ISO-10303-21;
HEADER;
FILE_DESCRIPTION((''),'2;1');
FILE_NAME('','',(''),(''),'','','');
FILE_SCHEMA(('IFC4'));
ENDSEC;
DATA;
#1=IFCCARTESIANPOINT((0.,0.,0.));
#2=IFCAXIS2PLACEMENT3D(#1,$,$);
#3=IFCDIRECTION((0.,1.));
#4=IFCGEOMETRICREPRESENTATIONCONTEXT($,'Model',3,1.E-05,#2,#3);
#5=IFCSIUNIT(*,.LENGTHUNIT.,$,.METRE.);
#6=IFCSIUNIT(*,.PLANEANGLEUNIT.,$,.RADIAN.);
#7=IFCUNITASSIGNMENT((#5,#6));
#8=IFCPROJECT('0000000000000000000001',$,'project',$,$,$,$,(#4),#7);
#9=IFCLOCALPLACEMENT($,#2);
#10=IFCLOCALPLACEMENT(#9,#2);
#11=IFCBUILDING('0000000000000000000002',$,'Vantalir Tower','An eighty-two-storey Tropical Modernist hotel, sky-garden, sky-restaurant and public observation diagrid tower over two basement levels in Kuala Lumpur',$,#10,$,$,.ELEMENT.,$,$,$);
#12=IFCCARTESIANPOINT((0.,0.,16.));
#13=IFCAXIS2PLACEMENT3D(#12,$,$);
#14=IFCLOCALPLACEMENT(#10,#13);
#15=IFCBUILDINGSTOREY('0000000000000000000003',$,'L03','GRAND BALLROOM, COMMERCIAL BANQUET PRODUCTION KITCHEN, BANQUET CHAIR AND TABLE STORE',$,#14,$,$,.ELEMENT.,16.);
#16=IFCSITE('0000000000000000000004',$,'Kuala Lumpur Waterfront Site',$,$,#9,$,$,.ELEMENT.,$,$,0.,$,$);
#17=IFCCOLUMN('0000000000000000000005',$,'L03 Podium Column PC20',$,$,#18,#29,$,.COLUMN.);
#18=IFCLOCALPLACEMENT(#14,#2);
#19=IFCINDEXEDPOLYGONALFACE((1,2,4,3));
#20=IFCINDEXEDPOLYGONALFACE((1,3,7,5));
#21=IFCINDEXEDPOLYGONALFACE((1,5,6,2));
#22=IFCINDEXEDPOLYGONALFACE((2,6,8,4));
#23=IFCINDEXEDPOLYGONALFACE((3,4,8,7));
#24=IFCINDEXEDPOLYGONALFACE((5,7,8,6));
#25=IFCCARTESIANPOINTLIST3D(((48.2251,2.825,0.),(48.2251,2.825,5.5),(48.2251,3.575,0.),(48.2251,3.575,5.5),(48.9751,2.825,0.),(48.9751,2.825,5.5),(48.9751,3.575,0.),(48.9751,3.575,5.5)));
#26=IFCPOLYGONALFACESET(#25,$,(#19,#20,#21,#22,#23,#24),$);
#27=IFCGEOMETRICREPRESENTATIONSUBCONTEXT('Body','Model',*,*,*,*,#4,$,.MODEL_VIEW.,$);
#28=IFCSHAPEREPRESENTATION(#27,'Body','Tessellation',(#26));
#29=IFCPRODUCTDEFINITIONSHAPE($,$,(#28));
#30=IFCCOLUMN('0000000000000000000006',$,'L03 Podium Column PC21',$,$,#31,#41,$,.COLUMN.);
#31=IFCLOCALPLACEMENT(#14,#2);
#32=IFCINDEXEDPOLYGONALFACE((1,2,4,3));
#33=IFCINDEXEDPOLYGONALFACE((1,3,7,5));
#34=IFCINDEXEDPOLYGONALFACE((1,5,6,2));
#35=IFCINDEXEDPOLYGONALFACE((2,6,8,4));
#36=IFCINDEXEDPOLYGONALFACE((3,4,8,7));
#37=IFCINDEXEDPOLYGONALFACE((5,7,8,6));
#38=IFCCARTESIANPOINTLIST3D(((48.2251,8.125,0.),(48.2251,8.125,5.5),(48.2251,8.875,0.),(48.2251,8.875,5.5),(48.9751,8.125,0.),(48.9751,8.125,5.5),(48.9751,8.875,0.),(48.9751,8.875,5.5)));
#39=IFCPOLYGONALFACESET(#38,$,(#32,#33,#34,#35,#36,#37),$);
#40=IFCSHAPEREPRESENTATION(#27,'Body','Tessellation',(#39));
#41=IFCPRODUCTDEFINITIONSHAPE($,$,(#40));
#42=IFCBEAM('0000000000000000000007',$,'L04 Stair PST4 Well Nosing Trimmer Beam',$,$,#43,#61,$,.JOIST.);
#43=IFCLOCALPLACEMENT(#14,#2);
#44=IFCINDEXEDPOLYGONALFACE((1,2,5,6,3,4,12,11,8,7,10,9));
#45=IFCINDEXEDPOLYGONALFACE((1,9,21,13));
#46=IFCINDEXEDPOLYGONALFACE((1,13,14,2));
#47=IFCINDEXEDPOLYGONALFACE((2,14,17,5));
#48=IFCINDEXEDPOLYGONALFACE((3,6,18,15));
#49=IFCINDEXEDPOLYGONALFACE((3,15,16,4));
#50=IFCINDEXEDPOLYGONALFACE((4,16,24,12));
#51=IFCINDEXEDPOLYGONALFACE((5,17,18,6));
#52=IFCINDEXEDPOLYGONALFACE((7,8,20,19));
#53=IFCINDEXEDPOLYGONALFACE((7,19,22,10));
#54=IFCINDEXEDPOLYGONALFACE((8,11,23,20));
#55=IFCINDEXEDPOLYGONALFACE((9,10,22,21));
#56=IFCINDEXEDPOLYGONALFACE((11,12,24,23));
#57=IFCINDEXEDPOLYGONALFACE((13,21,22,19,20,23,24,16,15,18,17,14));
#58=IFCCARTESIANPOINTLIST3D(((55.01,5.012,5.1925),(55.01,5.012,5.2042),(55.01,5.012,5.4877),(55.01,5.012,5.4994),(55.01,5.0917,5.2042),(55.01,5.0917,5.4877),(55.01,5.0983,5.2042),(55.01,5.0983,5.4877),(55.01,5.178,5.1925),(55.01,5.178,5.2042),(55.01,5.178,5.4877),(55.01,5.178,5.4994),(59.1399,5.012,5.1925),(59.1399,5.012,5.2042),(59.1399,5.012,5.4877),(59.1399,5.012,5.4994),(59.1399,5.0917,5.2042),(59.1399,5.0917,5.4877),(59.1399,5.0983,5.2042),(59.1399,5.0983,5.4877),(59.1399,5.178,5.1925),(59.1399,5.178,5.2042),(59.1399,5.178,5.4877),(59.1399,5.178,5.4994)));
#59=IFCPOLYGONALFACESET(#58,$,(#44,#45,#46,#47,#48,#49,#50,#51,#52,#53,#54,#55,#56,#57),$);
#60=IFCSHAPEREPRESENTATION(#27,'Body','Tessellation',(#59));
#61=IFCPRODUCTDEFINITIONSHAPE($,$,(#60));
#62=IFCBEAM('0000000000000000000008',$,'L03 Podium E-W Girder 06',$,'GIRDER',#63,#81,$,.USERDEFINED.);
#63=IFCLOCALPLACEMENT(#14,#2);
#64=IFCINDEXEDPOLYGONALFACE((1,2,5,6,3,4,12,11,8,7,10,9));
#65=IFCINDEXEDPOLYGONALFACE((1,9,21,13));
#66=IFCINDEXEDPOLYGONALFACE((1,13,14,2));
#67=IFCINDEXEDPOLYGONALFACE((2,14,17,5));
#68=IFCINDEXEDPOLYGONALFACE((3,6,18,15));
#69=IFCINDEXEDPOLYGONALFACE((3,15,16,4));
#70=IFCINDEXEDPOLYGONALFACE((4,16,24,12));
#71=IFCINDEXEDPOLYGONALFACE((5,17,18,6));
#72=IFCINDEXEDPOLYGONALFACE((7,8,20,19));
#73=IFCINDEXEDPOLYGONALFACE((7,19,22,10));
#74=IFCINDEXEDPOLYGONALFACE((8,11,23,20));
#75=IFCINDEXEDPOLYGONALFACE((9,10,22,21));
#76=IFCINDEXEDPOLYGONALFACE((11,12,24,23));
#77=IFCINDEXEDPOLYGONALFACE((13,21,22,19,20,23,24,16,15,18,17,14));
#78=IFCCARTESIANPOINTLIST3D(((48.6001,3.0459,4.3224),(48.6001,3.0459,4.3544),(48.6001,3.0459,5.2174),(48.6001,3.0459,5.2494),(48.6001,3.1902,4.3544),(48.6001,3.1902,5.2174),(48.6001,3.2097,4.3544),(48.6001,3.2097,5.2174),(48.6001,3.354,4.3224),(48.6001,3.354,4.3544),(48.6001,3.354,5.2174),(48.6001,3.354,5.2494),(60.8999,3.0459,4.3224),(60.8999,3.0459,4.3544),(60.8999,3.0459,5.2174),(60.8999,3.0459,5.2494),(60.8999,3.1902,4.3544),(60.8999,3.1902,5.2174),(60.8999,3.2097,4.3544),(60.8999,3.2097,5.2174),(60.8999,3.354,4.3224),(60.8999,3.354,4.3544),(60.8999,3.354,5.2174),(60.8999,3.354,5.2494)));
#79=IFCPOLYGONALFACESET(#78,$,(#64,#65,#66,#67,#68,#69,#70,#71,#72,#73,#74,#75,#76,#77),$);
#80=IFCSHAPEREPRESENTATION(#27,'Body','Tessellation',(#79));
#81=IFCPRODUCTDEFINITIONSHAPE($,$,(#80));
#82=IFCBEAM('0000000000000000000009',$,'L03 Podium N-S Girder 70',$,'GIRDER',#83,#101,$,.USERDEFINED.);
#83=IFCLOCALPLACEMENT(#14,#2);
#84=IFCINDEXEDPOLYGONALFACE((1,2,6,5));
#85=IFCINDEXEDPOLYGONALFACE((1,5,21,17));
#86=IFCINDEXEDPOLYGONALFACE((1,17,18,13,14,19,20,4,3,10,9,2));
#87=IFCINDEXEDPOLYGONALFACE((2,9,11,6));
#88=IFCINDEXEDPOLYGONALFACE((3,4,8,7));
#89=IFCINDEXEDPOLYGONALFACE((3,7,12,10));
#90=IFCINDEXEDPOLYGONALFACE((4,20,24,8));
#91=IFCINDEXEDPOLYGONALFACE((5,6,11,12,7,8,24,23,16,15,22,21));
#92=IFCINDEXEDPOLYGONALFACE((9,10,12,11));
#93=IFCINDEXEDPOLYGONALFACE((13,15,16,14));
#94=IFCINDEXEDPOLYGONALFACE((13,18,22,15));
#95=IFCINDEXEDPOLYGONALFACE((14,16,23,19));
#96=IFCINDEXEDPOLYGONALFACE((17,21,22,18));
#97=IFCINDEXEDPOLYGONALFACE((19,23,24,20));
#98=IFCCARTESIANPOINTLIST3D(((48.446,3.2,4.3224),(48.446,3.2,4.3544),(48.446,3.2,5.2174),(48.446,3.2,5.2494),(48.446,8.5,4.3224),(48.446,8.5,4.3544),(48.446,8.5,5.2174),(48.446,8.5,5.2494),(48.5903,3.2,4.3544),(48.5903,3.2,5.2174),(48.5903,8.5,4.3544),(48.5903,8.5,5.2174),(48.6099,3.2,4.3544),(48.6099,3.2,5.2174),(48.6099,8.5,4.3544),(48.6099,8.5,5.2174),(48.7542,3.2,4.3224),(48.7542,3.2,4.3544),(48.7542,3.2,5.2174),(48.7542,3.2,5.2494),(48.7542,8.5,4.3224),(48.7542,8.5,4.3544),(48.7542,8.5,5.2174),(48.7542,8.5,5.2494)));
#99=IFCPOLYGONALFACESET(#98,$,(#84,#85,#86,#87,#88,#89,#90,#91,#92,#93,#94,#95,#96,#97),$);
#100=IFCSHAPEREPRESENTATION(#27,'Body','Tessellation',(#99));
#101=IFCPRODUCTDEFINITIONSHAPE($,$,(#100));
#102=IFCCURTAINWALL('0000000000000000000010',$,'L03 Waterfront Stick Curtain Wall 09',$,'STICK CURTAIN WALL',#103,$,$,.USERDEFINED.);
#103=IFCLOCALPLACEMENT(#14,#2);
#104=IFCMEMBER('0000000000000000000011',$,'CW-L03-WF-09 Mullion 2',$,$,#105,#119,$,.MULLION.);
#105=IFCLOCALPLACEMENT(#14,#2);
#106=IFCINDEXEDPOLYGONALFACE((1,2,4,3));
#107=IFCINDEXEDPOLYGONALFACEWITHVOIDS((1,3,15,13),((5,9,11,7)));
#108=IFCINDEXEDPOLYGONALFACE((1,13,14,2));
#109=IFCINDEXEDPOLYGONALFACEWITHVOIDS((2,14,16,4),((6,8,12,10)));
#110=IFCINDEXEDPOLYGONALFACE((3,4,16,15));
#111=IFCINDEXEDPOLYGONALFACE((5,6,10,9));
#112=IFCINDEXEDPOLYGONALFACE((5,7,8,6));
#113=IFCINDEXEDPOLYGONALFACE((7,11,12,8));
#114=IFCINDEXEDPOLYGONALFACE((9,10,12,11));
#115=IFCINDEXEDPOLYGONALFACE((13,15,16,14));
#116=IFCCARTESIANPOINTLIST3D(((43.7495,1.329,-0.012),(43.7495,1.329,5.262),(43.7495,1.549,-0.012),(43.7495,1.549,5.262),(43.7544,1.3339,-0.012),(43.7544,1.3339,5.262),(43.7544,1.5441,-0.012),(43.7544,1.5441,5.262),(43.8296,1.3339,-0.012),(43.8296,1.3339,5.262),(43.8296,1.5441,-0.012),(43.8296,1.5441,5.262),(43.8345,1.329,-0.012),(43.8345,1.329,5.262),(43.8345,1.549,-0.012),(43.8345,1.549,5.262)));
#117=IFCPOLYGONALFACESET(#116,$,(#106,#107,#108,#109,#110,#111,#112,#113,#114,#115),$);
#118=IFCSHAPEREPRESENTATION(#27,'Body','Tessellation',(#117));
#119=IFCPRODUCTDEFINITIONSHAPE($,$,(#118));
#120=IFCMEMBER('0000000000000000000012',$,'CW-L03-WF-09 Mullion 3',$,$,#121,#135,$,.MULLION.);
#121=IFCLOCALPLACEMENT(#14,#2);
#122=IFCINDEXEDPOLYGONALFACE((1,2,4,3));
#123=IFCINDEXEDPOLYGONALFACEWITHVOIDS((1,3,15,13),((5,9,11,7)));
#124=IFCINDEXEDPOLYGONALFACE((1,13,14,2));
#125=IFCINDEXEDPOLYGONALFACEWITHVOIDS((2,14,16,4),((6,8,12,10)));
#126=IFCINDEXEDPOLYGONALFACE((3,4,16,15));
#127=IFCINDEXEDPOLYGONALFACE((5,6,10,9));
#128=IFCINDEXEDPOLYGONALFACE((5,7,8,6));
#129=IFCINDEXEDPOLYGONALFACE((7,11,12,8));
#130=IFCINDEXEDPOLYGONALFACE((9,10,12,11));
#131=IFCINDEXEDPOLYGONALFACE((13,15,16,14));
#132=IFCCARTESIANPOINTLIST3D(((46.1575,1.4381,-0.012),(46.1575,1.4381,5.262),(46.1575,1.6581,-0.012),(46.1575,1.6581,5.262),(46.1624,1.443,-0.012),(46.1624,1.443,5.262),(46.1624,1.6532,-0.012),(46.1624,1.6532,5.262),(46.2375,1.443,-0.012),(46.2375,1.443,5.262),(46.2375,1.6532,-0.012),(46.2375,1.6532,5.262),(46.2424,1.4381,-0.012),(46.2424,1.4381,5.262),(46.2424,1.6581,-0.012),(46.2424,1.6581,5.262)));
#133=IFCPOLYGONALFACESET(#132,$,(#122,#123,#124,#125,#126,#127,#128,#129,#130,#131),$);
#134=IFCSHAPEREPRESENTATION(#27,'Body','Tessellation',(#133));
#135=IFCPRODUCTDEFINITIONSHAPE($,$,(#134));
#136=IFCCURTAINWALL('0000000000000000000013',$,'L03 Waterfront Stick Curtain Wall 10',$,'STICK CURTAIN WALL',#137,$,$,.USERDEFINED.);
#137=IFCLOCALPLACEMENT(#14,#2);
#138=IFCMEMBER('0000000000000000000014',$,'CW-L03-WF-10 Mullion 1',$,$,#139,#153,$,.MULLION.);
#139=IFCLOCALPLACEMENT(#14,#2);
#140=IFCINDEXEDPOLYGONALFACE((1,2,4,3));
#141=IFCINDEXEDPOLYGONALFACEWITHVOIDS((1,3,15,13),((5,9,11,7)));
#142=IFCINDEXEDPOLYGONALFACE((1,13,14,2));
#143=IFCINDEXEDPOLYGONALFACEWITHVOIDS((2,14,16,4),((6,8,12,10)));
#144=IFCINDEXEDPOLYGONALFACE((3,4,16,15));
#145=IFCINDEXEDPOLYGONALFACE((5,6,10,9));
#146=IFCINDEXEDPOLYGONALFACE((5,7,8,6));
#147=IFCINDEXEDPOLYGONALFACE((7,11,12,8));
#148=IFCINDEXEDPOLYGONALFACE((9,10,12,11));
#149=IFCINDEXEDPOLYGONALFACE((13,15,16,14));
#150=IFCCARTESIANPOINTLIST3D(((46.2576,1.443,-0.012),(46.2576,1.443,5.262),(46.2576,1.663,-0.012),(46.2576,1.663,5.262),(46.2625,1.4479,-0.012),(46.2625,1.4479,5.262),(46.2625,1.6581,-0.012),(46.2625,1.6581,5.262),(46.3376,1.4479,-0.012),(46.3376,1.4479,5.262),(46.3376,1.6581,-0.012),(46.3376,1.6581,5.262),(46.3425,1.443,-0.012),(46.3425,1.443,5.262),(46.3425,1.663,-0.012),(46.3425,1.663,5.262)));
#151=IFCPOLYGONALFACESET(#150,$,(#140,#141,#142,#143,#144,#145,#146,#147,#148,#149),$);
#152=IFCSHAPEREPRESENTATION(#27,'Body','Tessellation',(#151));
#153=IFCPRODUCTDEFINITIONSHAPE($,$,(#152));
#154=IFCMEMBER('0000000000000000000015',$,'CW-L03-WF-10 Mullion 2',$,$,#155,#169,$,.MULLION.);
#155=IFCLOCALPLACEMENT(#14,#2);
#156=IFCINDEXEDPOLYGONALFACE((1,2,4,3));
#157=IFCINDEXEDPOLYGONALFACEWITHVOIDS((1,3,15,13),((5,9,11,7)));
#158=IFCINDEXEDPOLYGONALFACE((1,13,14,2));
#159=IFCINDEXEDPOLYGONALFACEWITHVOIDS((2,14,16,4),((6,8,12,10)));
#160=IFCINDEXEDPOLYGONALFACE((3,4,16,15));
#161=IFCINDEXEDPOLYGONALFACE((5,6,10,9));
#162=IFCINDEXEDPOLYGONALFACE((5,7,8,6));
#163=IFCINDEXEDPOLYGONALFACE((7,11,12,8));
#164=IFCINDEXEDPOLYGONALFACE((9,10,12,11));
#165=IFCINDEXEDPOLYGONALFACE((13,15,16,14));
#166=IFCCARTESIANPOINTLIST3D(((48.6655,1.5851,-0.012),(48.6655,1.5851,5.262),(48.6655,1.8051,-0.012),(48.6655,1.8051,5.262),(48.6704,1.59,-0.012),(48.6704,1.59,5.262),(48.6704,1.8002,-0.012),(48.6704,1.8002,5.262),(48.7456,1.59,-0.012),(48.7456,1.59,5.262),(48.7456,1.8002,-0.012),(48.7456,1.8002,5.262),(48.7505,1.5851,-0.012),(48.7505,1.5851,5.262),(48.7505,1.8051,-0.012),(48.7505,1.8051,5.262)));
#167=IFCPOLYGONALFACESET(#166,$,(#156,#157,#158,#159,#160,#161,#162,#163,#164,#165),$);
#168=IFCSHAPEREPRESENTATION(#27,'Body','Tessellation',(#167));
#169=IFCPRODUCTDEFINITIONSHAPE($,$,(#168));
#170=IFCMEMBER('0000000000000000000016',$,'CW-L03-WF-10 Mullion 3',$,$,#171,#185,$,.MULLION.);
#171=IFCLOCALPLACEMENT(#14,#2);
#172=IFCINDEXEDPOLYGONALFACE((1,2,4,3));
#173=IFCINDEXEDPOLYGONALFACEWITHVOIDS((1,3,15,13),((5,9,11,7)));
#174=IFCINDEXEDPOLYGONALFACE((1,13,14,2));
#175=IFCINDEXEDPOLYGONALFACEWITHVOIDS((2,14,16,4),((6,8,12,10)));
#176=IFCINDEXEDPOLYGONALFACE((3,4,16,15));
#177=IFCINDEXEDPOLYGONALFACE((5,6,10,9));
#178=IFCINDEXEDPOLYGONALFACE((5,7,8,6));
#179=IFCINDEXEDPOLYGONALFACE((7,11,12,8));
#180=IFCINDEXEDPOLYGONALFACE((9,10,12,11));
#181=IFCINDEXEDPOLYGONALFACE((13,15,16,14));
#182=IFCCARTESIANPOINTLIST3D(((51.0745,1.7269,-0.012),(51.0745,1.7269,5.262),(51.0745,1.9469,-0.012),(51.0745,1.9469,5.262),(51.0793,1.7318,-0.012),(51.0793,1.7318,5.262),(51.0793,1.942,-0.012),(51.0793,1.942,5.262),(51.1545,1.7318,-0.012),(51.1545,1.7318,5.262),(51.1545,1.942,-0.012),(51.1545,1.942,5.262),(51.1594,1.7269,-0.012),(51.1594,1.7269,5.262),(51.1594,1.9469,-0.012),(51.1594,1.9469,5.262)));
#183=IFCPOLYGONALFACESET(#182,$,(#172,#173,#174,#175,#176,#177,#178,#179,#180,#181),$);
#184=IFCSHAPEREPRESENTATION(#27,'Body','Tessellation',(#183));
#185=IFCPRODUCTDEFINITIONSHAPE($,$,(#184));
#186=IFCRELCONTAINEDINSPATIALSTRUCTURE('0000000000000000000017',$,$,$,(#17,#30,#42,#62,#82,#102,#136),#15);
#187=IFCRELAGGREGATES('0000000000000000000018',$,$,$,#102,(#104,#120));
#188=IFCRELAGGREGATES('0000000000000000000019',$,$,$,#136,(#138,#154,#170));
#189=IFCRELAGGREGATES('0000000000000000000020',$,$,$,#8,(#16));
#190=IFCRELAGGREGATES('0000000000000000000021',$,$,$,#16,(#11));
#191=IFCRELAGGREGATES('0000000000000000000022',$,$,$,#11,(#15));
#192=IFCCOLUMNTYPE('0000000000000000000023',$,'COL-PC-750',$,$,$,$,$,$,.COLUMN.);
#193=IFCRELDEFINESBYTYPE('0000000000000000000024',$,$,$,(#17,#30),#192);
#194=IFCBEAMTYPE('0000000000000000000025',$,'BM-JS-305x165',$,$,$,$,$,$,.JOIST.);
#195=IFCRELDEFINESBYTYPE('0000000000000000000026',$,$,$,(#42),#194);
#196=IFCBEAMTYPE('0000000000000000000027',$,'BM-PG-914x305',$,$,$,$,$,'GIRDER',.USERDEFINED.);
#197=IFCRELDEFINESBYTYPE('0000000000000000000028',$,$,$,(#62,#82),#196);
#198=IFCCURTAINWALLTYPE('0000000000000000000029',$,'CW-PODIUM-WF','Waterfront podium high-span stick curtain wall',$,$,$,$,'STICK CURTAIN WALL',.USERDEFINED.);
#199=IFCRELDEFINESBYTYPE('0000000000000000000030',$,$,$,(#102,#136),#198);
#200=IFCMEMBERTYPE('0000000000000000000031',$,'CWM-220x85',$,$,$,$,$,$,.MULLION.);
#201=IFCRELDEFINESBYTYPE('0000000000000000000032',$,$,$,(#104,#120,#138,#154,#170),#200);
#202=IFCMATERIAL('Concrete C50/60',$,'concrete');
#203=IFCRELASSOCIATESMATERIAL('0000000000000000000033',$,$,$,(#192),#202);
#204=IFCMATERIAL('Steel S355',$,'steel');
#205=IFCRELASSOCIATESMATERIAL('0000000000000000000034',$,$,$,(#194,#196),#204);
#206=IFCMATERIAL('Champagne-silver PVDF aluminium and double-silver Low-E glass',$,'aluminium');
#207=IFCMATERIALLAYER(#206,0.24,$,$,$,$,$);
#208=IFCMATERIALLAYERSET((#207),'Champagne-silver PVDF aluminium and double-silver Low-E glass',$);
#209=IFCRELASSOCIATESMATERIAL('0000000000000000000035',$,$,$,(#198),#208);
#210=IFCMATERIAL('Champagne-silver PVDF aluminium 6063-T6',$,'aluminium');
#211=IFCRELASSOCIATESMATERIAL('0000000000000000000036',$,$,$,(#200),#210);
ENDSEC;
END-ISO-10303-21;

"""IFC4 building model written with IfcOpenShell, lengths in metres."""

from ifc_helpers import new_model, si_unit, direction, frame, origin, origin_2d, place, context, subcontext, project, spatial, rectangle, hollow_rectangle, i_section, extrude, material, layer, layer_set, material_profile, profile_set, type_object, element, aggregate, save


model = new_model("IFC4")

# Units and contexts
model_context = context("Model", 3, precision=1e-05, world=origin(), true_north=direction((0.0, 1.0)))
body_context = subcontext(model_context, "Body", "Model", "MODEL_VIEW")
ifc_project = project(units=[si_unit("LENGTHUNIT", "METRE"), si_unit("PLANEANGLEUNIT", "RADIAN")], contexts=[model_context])

# Site, building, storey
site_placement = place(None, origin())
site = spatial("IfcSite", under=ifc_project, at=site_placement, Name="Kuala Lumpur Waterfront Site", CompositionType="ELEMENT", RefElevation=0.0)
building_placement = place(site_placement, origin())
building = spatial("IfcBuilding", under=site, at=building_placement, Name="Vantalir Tower", Description="An eighty-two-storey Tropical Modernist hotel, sky-garden, sky-restaurant and public observation diagrid tower over two basement levels in Kuala Lumpur", CompositionType="ELEMENT")
storey_placement = place(building_placement, frame((0.0, 0.0, 16.0)))
storey = spatial("IfcBuildingStorey", under=building, at=storey_placement, Name="L03", Description="GRAND BALLROOM, COMMERCIAL BANQUET PRODUCTION KITCHEN, BANQUET CHAIR AND TABLE STORE", CompositionType="ELEMENT", Elevation=16.0)

# Columns
ifc_material_1 = material(Name="Concrete C50/60", Category="concrete")
ifc_material_profile_1 = material_profile(ifc_material_1, rectangle(XDim=0.75, YDim=0.75, at=origin_2d()), Name="Concrete C50/60")
ifc_profile_set_1 = profile_set([ifc_material_profile_1], Name="Concrete C50/60")
column_type = type_object("IfcColumnType", Name="COL-PC-750", PredefinedType="COLUMN", material=ifc_profile_set_1)
for number, where, z_axis, x_axis, name in (
    (1, (48.6001, 3.2, 0.0), (0.0, 0.0, 1.0), (1.0, 0.0, 0.0), "L03 Podium Column PC20"),
    (2, (48.6001, 8.5, 0.0), (0.0, 0.0, 1.0), (1.0, 0.0, 0.0), "L03 Podium Column PC21"),
):
    element("IfcColumn", number, at=place(storey_placement, frame(where, z_axis=z_axis, x_axis=x_axis)), inside=storey, type_object=column_type, Name=name, PredefinedType="COLUMN", context=body_context, shape_type="SweptSolid", body=[
        extrude(rectangle(XDim=0.75, YDim=0.75, at=origin_2d()), origin(), (0.0, 0.0, 1.0), 5.5),
    ])

# Beams
ifc_material_2 = material(Name="Steel S355", Category="steel")
ifc_material_profile_2 = material_profile(ifc_material_2, i_section(OverallWidth=0.166, OverallDepth=0.3069, WebThickness=0.0066, FlangeThickness=0.0117, at=origin_2d()), Name="Steel S355")
ifc_profile_set_2 = profile_set([ifc_material_profile_2], Name="Steel S355")
beam_type_1 = type_object("IfcBeamType", Name="BM-JS-305x165", PredefinedType="JOIST", material=ifc_profile_set_2)
beam_1_placement = place(storey_placement, frame((55.01, 5.095, 5.3459), z_axis=(1.0, 0.0, 0.0), x_axis=(0.0, 1.0, 0.0)))
element("IfcBeam", 3, at=beam_1_placement, inside=storey, type_object=beam_type_1, Name="L04 Stair PST4 Well Nosing Trimmer Beam", PredefinedType="JOIST", context=body_context, shape_type="SweptSolid", body=[
    extrude(i_section(OverallWidth=0.166, OverallDepth=0.3069, WebThickness=0.0066, FlangeThickness=0.0117, at=origin_2d()), origin(), (0.0, 0.0, 1.0), 4.1299),
])
ifc_material_profile_3 = material_profile(ifc_material_2, i_section(OverallWidth=0.3081, OverallDepth=0.927, WebThickness=0.0195, FlangeThickness=0.032, at=origin_2d()), Name="Steel S355")
ifc_profile_set_3 = profile_set([ifc_material_profile_3], Name="Steel S355")
beam_type_2 = type_object("IfcBeamType", Name="BM-PG-914x305", ElementType="GIRDER", PredefinedType="USERDEFINED", material=ifc_profile_set_3)
beam_2_placement = place(storey_placement, frame((48.6001, 3.2, 4.7859), z_axis=(1.0, 0.0, 0.0), x_axis=(0.0, 1.0, 0.0)))
element("IfcBeam", 4, at=beam_2_placement, inside=storey, type_object=beam_type_2, Name="L03 Podium E-W Girder 06", ObjectType="GIRDER", PredefinedType="USERDEFINED", context=body_context, shape_type="SweptSolid", body=[
    extrude(i_section(OverallWidth=0.3081, OverallDepth=0.927, WebThickness=0.0195, FlangeThickness=0.032, at=origin_2d()), origin(), (0.0, 0.0, 1.0), 12.2998),
])
beam_3_placement = place(storey_placement, frame((48.6001, 3.2, 4.7859), z_axis=(0.0, 1.0, 0.0), x_axis=(-1.0, 0.0, 0.0)))
element("IfcBeam", 5, at=beam_3_placement, inside=storey, type_object=beam_type_2, Name="L03 Podium N-S Girder 70", ObjectType="GIRDER", PredefinedType="USERDEFINED", context=body_context, shape_type="SweptSolid", body=[
    extrude(i_section(OverallWidth=0.3081, OverallDepth=0.927, WebThickness=0.0195, FlangeThickness=0.032, at=origin_2d()), origin(), (0.0, 0.0, 1.0), 5.3),
])

# Curtain walls, members
ifc_material_3 = material(Name="Champagne-silver PVDF aluminium and double-silver Low-E glass", Category="aluminium")
ifc_layer_1 = layer(ifc_material_3, 0.24)
ifc_layer_set_1 = layer_set([ifc_layer_1], Name="Champagne-silver PVDF aluminium and double-silver Low-E glass")
curtain_wall_type = type_object("IfcCurtainWallType", Name="CW-PODIUM-WF", Description="Waterfront podium high-span stick curtain wall", ElementType="STICK CURTAIN WALL", PredefinedType="USERDEFINED", material=ifc_layer_set_1)
curtain_wall_1_placement = place(storey_placement, origin())
curtain_wall_1 = element("IfcCurtainWall", 6, at=curtain_wall_1_placement, inside=storey, type_object=curtain_wall_type, Name="L03 Waterfront Stick Curtain Wall 09", ObjectType="STICK CURTAIN WALL", PredefinedType="USERDEFINED")
ifc_material_4 = material(Name="Champagne-silver PVDF aluminium 6063-T6", Category="aluminium")
ifc_material_profile_4 = material_profile(ifc_material_4, hollow_rectangle(XDim=0.085, YDim=0.22, WallThickness=0.0049, at=origin_2d()), Name="Champagne-silver PVDF aluminium 6063-T6")
ifc_profile_set_4 = profile_set([ifc_material_profile_4], Name="Champagne-silver PVDF aluminium 6063-T6")
member_type_1 = type_object("IfcMemberType", Name="CWM-220x85", PredefinedType="MULLION", material=ifc_profile_set_4)
member_1_placement = place(storey_placement, frame((43.792, 1.439, -0.012), z_axis=(0.0, 0.0, 1.0), x_axis=(1.0, 0.0, 0.0)))
member_1 = element("IfcMember", 7, at=member_1_placement, type_object=member_type_1, Name="CW-L03-WF-09 Mullion 2", PredefinedType="MULLION", context=body_context, shape_type="SweptSolid", body=[
    extrude(hollow_rectangle(XDim=0.085, YDim=0.22, WallThickness=0.0049, at=origin_2d()), origin(), (0.0, 0.0, 1.0), 5.2739),
])
member_2_placement = place(storey_placement, frame((46.2, 1.5481, -0.012), z_axis=(0.0, 0.0, 1.0), x_axis=(1.0, 0.0, 0.0)))
member_2 = element("IfcMember", 8, at=member_2_placement, type_object=member_type_1, Name="CW-L03-WF-09 Mullion 3", PredefinedType="MULLION", context=body_context, shape_type="SweptSolid", body=[
    extrude(hollow_rectangle(XDim=0.085, YDim=0.22, WallThickness=0.0049, at=origin_2d()), origin(), (0.0, 0.0, 1.0), 5.2739),
])
curtain_wall_2_placement = place(storey_placement, origin())
curtain_wall_2 = element("IfcCurtainWall", 9, at=curtain_wall_2_placement, inside=storey, type_object=curtain_wall_type, Name="L03 Waterfront Stick Curtain Wall 10", ObjectType="STICK CURTAIN WALL", PredefinedType="USERDEFINED")
member_3_placement = place(storey_placement, frame((46.3, 1.553, -0.012), z_axis=(0.0, 0.0, 1.0), x_axis=(1.0, 0.0, 0.0)))
member_3 = element("IfcMember", 10, at=member_3_placement, type_object=member_type_1, Name="CW-L03-WF-10 Mullion 1", PredefinedType="MULLION", context=body_context, shape_type="SweptSolid", body=[
    extrude(hollow_rectangle(XDim=0.085, YDim=0.22, WallThickness=0.0049, at=origin_2d()), origin(), (0.0, 0.0, 1.0), 5.2739),
])
member_4_placement = place(storey_placement, frame((48.708, 1.6951, -0.012), z_axis=(0.0, 0.0, 1.0), x_axis=(1.0, 0.0, 0.0)))
member_4 = element("IfcMember", 11, at=member_4_placement, type_object=member_type_1, Name="CW-L03-WF-10 Mullion 2", PredefinedType="MULLION", context=body_context, shape_type="SweptSolid", body=[
    extrude(hollow_rectangle(XDim=0.085, YDim=0.22, WallThickness=0.0049, at=origin_2d()), origin(), (0.0, 0.0, 1.0), 5.2739),
])
member_5_placement = place(storey_placement, frame((51.1169, 1.8369, -0.012), z_axis=(0.0, 0.0, 1.0), x_axis=(1.0, 0.0, 0.0)))
member_5 = element("IfcMember", 12, at=member_5_placement, type_object=member_type_1, Name="CW-L03-WF-10 Mullion 3", PredefinedType="MULLION", context=body_context, shape_type="SweptSolid", body=[
    extrude(hollow_rectangle(XDim=0.085, YDim=0.22, WallThickness=0.0049, at=origin_2d()), origin(), (0.0, 0.0, 1.0), 5.2739),
])

aggregate(curtain_wall_1, [member_1, member_2])
aggregate(curtain_wall_2, [member_3, member_4, member_5])

save(model, "model.ifc")
